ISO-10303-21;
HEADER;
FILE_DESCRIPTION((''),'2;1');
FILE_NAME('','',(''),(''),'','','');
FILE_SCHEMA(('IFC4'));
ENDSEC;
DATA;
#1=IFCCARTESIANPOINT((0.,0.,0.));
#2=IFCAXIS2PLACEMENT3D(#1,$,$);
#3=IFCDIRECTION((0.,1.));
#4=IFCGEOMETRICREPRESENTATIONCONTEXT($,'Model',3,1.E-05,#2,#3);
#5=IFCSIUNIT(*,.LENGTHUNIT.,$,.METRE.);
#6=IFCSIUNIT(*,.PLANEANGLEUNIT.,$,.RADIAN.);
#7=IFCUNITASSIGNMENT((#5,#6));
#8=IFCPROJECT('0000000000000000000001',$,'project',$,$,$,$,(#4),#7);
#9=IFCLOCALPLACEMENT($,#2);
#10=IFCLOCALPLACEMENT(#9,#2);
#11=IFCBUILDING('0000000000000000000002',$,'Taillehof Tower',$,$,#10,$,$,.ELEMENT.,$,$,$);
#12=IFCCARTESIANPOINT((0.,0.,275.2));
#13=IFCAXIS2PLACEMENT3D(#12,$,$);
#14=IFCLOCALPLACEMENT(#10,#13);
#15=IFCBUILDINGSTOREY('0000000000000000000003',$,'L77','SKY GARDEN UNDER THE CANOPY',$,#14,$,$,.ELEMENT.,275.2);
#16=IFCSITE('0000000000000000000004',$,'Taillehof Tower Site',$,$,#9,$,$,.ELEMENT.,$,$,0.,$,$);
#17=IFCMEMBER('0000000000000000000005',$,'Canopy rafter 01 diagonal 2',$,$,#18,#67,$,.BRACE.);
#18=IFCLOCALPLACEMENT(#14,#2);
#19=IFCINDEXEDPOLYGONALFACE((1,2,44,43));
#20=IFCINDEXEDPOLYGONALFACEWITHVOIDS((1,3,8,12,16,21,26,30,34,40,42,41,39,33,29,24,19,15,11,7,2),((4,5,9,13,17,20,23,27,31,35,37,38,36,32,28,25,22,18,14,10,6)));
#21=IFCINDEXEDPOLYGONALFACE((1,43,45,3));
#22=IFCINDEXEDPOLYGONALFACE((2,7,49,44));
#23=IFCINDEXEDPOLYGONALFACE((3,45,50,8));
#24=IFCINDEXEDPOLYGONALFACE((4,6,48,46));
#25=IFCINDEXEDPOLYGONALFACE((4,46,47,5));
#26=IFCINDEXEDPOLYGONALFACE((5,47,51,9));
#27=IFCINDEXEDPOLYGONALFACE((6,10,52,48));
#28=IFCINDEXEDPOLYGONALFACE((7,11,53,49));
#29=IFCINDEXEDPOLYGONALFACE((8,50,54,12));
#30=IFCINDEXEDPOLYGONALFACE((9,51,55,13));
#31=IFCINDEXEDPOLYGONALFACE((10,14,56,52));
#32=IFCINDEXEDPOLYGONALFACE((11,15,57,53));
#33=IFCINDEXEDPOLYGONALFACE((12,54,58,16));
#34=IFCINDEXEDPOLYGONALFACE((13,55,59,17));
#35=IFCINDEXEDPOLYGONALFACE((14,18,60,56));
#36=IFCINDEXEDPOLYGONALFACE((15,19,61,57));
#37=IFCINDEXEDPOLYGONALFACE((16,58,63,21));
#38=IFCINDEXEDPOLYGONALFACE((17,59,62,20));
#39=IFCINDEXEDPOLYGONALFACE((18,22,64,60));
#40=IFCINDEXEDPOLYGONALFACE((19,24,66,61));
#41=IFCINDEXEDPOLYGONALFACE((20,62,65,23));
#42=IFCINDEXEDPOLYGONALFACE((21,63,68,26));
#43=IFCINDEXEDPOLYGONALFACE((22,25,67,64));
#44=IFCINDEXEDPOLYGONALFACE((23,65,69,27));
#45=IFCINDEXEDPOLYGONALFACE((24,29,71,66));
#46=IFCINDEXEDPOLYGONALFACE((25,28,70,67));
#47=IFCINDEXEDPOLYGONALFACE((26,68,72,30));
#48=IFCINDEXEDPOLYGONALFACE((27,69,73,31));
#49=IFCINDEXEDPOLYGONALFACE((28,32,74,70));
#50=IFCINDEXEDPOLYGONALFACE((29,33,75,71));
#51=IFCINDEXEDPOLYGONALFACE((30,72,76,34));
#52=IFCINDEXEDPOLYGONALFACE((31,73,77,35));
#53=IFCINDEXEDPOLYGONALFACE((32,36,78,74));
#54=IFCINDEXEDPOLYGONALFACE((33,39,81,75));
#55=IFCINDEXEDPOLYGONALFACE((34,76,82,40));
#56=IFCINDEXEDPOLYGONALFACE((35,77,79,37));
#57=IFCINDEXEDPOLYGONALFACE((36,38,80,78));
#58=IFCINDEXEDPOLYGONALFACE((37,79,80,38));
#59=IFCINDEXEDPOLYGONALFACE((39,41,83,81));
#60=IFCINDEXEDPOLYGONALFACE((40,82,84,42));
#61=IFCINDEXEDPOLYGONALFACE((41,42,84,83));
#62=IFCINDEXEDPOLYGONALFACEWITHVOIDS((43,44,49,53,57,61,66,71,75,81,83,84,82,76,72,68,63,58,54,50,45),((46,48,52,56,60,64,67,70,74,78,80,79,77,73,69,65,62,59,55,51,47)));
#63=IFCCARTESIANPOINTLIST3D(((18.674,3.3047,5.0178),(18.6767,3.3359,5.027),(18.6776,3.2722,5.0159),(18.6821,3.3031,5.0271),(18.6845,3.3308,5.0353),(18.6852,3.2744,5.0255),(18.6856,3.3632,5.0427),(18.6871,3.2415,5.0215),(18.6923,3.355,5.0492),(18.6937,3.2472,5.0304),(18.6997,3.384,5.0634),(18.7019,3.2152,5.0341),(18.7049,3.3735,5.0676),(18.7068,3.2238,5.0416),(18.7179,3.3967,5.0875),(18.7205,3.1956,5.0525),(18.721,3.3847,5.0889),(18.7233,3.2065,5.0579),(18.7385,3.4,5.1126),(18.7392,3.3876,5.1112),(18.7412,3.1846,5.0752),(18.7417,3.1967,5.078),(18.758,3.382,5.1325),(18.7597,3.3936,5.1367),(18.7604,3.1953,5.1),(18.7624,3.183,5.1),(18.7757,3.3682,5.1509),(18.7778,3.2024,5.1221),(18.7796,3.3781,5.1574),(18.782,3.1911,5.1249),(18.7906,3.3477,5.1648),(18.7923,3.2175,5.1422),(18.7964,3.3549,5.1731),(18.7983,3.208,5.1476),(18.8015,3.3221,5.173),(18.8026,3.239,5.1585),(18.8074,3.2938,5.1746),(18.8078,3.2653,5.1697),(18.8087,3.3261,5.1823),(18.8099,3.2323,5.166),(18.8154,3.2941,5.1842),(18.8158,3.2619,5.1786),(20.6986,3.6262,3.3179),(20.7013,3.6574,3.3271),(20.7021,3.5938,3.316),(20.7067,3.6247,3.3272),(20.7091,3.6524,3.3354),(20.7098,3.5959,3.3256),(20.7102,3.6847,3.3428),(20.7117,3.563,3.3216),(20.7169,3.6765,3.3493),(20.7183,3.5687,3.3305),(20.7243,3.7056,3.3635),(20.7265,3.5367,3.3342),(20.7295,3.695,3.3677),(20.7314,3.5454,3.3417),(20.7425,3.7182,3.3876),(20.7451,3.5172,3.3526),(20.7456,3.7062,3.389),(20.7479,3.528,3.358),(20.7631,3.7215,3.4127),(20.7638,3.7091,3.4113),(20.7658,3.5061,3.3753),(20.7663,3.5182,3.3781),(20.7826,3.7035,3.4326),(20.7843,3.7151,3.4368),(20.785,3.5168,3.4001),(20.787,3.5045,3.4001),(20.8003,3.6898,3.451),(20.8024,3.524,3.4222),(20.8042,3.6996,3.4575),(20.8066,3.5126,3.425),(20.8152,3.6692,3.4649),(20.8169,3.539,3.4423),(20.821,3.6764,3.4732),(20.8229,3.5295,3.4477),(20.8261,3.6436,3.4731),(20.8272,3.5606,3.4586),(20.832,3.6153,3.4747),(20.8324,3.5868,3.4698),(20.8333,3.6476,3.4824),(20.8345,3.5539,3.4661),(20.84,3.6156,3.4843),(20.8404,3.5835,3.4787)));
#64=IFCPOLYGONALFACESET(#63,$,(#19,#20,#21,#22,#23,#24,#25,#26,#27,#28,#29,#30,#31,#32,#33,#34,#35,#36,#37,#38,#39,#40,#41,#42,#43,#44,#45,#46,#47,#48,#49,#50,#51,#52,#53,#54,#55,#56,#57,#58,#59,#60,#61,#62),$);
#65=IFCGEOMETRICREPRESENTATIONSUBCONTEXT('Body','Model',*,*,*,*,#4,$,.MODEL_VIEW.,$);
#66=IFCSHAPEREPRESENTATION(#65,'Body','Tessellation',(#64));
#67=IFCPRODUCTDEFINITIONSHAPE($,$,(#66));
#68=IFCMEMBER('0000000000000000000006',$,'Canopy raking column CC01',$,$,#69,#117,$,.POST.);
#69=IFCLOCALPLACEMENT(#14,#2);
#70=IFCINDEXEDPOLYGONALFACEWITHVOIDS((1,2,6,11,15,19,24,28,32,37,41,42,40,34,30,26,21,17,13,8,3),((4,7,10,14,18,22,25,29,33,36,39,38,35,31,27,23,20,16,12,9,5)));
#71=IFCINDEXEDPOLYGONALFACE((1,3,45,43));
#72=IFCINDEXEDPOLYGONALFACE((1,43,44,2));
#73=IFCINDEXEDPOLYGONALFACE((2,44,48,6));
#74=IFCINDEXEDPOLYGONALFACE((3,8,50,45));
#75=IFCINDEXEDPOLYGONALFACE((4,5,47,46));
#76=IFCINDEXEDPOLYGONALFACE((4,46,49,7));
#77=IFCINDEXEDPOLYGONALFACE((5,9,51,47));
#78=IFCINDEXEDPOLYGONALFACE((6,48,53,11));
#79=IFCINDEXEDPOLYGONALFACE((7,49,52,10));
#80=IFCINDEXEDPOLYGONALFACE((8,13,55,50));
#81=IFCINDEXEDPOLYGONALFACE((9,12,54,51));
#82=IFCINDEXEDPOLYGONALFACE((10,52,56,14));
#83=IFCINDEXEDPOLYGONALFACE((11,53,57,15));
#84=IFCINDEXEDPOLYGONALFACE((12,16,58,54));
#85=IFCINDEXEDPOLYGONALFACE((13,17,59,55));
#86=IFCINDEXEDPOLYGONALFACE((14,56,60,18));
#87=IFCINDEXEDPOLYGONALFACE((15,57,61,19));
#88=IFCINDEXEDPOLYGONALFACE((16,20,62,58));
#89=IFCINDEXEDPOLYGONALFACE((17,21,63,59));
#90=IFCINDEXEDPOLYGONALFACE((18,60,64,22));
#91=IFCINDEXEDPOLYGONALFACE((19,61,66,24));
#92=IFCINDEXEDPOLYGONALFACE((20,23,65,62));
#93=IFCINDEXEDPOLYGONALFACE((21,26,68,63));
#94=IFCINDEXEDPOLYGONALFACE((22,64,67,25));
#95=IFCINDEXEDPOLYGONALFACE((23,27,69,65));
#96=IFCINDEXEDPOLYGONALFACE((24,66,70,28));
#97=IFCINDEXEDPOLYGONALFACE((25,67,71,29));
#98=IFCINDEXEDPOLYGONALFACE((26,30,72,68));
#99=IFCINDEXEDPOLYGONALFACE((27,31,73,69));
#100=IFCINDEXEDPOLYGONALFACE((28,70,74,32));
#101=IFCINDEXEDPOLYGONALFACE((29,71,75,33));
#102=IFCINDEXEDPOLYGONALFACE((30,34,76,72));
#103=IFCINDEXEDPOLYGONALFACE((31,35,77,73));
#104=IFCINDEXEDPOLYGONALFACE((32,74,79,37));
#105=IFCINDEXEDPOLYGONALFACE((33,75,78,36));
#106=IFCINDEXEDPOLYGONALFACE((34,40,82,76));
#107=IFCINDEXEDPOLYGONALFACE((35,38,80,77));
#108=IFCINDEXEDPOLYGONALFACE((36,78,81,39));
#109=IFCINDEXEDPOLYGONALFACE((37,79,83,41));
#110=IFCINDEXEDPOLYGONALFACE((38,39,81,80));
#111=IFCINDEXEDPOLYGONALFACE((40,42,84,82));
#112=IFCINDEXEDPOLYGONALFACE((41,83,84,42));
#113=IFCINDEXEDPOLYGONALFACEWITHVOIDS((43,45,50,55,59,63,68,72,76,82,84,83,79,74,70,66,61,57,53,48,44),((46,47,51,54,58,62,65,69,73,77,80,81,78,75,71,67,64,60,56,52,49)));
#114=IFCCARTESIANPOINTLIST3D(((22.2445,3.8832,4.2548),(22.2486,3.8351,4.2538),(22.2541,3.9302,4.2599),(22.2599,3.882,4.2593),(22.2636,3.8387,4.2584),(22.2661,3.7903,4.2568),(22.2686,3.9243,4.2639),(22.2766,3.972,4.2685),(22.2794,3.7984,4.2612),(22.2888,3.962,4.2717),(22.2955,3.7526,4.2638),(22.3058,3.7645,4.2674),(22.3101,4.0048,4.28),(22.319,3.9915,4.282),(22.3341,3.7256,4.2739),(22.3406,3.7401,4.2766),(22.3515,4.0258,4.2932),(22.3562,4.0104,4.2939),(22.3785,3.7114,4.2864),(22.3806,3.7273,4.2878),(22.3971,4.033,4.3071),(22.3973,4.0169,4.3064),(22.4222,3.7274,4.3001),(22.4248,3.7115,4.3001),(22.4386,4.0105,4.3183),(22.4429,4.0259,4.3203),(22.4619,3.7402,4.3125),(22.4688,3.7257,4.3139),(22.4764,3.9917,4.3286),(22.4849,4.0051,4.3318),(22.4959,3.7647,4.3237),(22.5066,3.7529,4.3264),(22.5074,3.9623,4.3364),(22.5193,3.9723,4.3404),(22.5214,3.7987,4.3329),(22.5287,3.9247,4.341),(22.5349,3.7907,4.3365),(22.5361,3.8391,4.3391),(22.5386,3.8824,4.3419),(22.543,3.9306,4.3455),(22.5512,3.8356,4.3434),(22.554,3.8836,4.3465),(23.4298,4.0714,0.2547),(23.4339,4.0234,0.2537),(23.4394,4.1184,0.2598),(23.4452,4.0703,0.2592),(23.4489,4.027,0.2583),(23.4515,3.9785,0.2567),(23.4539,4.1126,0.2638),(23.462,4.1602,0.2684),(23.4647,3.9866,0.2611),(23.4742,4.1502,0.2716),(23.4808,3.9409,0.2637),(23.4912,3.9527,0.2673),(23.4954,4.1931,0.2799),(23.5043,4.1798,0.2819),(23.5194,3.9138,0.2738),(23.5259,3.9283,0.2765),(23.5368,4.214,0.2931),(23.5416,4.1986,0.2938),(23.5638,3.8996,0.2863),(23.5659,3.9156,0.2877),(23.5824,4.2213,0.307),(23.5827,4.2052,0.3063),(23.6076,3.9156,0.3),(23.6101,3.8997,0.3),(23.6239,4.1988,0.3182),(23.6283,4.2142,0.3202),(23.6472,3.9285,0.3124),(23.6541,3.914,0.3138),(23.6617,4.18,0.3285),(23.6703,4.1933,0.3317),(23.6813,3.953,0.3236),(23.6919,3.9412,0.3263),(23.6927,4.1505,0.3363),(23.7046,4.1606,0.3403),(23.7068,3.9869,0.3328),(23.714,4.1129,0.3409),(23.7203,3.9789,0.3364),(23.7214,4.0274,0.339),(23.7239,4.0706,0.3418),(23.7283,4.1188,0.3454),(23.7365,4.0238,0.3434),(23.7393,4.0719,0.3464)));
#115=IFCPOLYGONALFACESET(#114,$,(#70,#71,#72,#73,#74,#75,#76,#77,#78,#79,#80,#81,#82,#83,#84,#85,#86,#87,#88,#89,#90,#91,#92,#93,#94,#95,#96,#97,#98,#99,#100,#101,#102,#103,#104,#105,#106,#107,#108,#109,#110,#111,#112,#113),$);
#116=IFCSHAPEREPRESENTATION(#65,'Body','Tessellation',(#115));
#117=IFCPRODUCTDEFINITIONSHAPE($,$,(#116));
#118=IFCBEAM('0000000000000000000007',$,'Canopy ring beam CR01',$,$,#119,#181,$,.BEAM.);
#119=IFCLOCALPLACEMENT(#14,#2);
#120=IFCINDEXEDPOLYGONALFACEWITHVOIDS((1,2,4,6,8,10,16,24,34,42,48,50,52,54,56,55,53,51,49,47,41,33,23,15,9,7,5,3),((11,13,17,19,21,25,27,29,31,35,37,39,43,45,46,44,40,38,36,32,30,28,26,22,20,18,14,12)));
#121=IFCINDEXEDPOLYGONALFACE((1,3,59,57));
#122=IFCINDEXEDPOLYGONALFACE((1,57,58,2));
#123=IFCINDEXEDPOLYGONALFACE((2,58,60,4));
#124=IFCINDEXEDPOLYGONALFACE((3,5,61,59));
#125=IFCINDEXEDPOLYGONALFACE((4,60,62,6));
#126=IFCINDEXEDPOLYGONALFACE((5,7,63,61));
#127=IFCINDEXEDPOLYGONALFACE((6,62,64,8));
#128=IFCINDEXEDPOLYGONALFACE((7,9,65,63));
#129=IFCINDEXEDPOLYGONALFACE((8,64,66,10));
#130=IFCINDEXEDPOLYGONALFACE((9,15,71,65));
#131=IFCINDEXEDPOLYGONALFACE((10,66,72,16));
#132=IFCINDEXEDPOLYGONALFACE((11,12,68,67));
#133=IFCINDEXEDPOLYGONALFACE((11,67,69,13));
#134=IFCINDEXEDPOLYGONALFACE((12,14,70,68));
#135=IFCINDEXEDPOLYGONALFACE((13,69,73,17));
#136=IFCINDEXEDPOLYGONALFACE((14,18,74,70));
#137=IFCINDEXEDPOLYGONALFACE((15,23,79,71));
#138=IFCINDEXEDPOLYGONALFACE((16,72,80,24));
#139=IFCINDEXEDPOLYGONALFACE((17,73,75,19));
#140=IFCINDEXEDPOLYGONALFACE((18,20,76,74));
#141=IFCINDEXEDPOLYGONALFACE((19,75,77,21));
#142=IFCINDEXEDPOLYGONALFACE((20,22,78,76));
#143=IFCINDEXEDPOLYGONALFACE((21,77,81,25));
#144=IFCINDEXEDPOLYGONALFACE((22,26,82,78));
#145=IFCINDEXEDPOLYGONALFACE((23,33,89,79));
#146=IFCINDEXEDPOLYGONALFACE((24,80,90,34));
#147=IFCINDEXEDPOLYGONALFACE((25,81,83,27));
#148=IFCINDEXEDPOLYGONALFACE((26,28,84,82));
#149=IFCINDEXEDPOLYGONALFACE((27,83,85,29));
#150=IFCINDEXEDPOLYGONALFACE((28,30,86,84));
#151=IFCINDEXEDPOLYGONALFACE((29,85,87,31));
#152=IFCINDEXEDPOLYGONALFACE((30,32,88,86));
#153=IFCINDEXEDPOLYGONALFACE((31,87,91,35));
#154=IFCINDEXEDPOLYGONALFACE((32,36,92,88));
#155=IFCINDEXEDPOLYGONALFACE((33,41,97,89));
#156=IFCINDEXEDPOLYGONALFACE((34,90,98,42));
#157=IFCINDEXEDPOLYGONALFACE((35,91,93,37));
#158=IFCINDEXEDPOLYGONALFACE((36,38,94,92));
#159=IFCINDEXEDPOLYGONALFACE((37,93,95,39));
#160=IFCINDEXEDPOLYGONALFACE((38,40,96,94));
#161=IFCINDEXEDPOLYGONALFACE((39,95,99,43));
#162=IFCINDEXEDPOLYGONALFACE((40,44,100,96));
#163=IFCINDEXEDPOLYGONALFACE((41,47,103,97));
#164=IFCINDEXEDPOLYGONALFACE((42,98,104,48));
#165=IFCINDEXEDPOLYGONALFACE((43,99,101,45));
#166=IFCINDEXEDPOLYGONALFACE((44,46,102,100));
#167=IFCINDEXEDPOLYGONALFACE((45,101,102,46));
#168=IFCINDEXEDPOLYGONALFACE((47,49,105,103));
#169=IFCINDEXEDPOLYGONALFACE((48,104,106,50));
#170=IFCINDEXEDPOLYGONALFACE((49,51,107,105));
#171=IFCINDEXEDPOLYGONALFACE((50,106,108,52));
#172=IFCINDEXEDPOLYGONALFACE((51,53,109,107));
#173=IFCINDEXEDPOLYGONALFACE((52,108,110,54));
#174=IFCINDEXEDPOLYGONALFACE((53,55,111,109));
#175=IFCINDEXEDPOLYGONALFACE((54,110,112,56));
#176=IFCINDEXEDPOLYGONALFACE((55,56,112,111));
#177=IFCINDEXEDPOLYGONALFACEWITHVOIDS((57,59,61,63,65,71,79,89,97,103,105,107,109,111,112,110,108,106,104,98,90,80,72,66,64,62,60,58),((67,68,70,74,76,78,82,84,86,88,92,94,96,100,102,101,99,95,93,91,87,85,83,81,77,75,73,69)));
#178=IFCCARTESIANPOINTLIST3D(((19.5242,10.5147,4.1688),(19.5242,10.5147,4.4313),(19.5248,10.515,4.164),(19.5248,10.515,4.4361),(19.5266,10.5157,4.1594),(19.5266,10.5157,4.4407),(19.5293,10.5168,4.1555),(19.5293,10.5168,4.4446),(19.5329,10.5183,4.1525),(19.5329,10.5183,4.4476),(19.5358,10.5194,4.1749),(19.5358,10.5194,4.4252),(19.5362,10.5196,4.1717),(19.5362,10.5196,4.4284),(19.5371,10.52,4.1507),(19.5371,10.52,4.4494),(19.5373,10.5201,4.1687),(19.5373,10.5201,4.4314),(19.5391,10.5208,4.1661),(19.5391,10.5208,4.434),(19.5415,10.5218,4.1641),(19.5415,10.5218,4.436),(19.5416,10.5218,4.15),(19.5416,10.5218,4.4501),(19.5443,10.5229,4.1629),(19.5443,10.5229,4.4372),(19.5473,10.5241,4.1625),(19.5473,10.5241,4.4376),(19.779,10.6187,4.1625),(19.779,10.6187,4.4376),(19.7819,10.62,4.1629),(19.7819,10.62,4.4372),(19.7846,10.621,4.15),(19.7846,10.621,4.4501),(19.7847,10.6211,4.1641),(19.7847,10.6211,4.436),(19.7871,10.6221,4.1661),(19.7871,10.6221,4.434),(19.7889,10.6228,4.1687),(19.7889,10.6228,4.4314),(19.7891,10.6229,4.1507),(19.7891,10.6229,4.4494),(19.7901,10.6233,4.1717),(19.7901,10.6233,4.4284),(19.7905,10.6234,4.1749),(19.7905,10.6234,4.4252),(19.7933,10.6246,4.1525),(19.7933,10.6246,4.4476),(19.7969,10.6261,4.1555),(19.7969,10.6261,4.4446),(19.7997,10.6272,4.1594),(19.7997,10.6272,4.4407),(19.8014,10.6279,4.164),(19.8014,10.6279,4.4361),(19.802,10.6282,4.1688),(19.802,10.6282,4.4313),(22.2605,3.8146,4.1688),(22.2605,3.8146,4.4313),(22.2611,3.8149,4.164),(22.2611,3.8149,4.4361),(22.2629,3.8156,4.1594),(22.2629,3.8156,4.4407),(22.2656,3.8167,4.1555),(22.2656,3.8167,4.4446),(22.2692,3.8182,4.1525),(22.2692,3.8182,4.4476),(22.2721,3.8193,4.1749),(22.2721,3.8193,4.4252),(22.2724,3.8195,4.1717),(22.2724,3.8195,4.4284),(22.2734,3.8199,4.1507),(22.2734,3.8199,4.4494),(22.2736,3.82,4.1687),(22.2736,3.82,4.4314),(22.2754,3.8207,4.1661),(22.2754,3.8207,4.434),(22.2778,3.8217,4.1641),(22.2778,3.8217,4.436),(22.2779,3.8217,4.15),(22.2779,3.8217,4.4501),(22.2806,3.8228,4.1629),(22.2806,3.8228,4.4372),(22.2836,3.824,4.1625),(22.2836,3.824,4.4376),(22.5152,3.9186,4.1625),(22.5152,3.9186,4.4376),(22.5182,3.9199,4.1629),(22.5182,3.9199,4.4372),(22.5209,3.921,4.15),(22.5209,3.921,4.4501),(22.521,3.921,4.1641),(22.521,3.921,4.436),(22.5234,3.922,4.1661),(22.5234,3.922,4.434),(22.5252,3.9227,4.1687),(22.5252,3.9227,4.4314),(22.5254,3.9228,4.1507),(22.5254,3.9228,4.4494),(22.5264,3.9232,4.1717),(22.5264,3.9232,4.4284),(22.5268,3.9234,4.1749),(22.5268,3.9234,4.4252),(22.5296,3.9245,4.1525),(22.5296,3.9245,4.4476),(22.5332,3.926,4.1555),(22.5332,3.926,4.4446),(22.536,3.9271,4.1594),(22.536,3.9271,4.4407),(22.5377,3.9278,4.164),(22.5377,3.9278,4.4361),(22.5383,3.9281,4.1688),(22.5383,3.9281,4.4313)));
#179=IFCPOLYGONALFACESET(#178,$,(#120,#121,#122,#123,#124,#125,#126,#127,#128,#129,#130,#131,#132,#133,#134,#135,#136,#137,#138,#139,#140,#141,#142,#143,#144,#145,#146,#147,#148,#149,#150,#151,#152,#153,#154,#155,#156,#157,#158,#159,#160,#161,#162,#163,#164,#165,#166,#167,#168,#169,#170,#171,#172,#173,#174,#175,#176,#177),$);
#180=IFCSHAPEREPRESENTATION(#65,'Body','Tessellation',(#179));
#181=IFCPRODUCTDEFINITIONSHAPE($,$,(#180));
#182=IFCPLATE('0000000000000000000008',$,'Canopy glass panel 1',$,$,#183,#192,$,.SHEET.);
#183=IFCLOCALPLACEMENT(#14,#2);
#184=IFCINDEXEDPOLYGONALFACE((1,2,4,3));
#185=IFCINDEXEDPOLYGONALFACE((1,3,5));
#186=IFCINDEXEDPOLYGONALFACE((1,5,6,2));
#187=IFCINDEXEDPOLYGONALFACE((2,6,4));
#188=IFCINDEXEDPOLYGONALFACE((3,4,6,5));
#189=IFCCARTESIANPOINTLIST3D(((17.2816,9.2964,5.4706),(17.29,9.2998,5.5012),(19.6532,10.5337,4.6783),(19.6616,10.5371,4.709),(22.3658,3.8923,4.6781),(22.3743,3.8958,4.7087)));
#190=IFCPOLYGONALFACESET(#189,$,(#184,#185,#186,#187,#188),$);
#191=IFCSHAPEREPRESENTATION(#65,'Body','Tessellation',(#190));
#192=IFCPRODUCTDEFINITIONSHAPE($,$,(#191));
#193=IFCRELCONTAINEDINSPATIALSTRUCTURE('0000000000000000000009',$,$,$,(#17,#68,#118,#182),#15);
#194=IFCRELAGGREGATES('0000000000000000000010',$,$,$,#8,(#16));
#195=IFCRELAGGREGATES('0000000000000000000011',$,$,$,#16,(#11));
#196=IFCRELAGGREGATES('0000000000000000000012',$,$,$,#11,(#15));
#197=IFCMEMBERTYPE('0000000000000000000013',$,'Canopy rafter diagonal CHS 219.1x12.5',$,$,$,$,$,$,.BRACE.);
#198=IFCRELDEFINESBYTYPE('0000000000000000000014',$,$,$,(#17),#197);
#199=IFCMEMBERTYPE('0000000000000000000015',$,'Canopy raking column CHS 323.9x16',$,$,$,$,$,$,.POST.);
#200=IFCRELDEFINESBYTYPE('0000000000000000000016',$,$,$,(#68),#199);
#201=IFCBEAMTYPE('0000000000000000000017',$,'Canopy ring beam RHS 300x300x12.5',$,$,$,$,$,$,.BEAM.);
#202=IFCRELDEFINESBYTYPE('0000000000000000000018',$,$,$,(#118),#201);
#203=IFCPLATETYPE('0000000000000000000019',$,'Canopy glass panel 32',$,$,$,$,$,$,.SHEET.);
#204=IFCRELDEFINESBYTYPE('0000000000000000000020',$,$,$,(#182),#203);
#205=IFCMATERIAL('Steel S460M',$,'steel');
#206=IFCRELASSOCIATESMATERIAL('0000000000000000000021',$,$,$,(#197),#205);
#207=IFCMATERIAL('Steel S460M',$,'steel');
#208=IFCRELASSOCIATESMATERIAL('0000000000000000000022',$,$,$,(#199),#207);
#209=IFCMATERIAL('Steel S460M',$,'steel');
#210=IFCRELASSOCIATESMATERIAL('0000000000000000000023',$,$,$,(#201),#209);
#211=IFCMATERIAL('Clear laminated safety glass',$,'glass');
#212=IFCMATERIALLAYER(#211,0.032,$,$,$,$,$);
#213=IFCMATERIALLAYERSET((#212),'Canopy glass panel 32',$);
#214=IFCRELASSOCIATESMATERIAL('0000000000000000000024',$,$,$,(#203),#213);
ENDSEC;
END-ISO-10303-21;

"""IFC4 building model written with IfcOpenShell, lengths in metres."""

from ifc_helpers import new_model, si_unit, direction, frame, origin, origin_2d, place, context, subcontext, project, spatial, polyline, hollow_rectangle, hollow_circle, outline, extrude, material, layer, layer_set, material_profile, profile_set, type_object, element, save


model = new_model("IFC4")

# Units and contexts
model_context = context("Model", 3, precision=1e-05, world=origin(), true_north=direction((0.0, 1.0)))
body_context = subcontext(model_context, "Body", "Model", "MODEL_VIEW")
ifc_project = project(units=[si_unit("LENGTHUNIT", "METRE"), si_unit("PLANEANGLEUNIT", "RADIAN")], contexts=[model_context])

# Site, building, storey
site_placement = place(None, origin())
site = spatial("IfcSite", under=ifc_project, at=site_placement, Name="Taillehof Tower Site", CompositionType="ELEMENT", RefElevation=0.0)
building_placement = place(site_placement, origin())
building = spatial("IfcBuilding", under=site, at=building_placement, Name="Taillehof Tower", CompositionType="ELEMENT")
storey_placement = place(building_placement, frame((0.0, 0.0, 275.2)))
storey = spatial("IfcBuildingStorey", under=building, at=storey_placement, Name="L77", Description="SKY GARDEN UNDER THE CANOPY", CompositionType="ELEMENT", Elevation=275.2)

# Members
ifc_material_1 = material(Name="Steel S460M", Category="steel")
ifc_material_profile_1 = material_profile(ifc_material_1, hollow_circle(Radius=0.1096, WallThickness=0.0125, at=origin_2d()), Name="CHS 219.1x12.5")
ifc_profile_set_1 = profile_set([ifc_material_profile_1], Name="Steel S460M")
member_type_1 = type_object("IfcMemberType", Name="Canopy rafter diagonal CHS 219.1x12.5", PredefinedType="BRACE", material=ifc_profile_set_1)
member_1_placement = place(storey_placement, frame((20.7698, 3.6128, 3.4001), z_axis=(-0.760245, -0.120733, 0.638319), x_axis=(0.156843, -0.987624, 0.0)))
element("IfcMember", 1, at=member_1_placement, inside=storey, type_object=member_type_1, Name="Canopy rafter 01 diagonal 2", PredefinedType="BRACE", context=body_context, shape_type="SweptSolid", body=[
    extrude(hollow_circle(Radius=0.1096, WallThickness=0.0125, at=origin_2d()), origin(), (0.0, 0.0, 1.0), 2.6631),
])
ifc_material_2 = material(Name="Steel S460M", Category="steel")
ifc_material_profile_2 = material_profile(ifc_material_2, hollow_circle(Radius=0.1619, WallThickness=0.0161, at=origin_2d()), Name="CHS 323.9x16")
ifc_profile_set_2 = profile_set([ifc_material_profile_2], Name="Steel S460M")
member_type_2 = type_object("IfcMemberType", Name="Canopy raking column CHS 323.9x16", PredefinedType="POST", material=ifc_profile_set_2)
member_2_placement = place(storey_placement, frame((23.5847, 4.0596, 0.3), z_axis=(-0.283825, -0.045073, 0.957816), x_axis=(0.15684, -0.987624, 0.0)))
element("IfcMember", 2, at=member_2_placement, inside=storey, type_object=member_type_2, Name="Canopy raking column CC01", PredefinedType="POST", context=body_context, shape_type="SweptSolid", body=[
    extrude(hollow_circle(Radius=0.1619, WallThickness=0.0161, at=origin_2d()), origin(), (0.0, 0.0, 1.0), 4.1763),
])

# Beam
ifc_material_3 = material(Name="Steel S460M", Category="steel")
ifc_material_profile_3 = material_profile(ifc_material_3, hollow_rectangle(XDim=0.3, YDim=0.3, WallThickness=0.0125, InnerFilletRadius=0.0125, OuterFilletRadius=0.0188, at=origin_2d()), Name="RHS 300x300x12.5")
ifc_profile_set_3 = profile_set([ifc_material_profile_3], Name="Steel S460M")
beam_type_1 = type_object("IfcBeamType", Name="Canopy ring beam RHS 300x300x12.5", PredefinedType="BEAM", material=ifc_profile_set_3)
beam_1_placement = place(storey_placement, frame((22.3994, 3.8713, 4.3), z_axis=(-0.378081, 0.925772, 0.0), x_axis=(-0.925772, -0.378081, 0.0)))
element("IfcBeam", 3, at=beam_1_placement, inside=storey, type_object=beam_type_1, Name="Canopy ring beam CR01", PredefinedType="BEAM", context=body_context, shape_type="SweptSolid", body=[
    extrude(hollow_rectangle(XDim=0.3, YDim=0.3, WallThickness=0.0125, InnerFilletRadius=0.0125, OuterFilletRadius=0.0188, at=origin_2d()), origin(), (0.0, 0.0, 1.0), 7.2373),
])

# Plate
ifc_material_4 = material(Name="Clear laminated safety glass", Category="glass")
ifc_layer_1 = layer(ifc_material_4, 0.032)
ifc_layer_set_1 = layer_set([ifc_layer_1], Name="Canopy glass panel 32")
plate_type = type_object("IfcPlateType", Name="Canopy glass panel 32", PredefinedType="SHEET", material=ifc_layer_set_1)
plate_1_placement = place(storey_placement, frame((22.3743, 3.8958, 4.7087), z_axis=(0.263958, 0.107778, 0.958494), x_axis=(-0.378123, 0.925756, 0.000034)))
element("IfcPlate", 4, at=plate_1_placement, inside=storey, type_object=plate_type, Name="Canopy glass panel 1", PredefinedType="SHEET", context=body_context, shape_type="SweptSolid", body=[
    extrude(outline(polyline([(0.0, 0.0), (7.174, 0.0), (6.9253, 2.7787), (0.0, 0.0)])), origin(), (0.0, 0.0, -1.0), 0.032),
])

save(model, "model.ifc")
